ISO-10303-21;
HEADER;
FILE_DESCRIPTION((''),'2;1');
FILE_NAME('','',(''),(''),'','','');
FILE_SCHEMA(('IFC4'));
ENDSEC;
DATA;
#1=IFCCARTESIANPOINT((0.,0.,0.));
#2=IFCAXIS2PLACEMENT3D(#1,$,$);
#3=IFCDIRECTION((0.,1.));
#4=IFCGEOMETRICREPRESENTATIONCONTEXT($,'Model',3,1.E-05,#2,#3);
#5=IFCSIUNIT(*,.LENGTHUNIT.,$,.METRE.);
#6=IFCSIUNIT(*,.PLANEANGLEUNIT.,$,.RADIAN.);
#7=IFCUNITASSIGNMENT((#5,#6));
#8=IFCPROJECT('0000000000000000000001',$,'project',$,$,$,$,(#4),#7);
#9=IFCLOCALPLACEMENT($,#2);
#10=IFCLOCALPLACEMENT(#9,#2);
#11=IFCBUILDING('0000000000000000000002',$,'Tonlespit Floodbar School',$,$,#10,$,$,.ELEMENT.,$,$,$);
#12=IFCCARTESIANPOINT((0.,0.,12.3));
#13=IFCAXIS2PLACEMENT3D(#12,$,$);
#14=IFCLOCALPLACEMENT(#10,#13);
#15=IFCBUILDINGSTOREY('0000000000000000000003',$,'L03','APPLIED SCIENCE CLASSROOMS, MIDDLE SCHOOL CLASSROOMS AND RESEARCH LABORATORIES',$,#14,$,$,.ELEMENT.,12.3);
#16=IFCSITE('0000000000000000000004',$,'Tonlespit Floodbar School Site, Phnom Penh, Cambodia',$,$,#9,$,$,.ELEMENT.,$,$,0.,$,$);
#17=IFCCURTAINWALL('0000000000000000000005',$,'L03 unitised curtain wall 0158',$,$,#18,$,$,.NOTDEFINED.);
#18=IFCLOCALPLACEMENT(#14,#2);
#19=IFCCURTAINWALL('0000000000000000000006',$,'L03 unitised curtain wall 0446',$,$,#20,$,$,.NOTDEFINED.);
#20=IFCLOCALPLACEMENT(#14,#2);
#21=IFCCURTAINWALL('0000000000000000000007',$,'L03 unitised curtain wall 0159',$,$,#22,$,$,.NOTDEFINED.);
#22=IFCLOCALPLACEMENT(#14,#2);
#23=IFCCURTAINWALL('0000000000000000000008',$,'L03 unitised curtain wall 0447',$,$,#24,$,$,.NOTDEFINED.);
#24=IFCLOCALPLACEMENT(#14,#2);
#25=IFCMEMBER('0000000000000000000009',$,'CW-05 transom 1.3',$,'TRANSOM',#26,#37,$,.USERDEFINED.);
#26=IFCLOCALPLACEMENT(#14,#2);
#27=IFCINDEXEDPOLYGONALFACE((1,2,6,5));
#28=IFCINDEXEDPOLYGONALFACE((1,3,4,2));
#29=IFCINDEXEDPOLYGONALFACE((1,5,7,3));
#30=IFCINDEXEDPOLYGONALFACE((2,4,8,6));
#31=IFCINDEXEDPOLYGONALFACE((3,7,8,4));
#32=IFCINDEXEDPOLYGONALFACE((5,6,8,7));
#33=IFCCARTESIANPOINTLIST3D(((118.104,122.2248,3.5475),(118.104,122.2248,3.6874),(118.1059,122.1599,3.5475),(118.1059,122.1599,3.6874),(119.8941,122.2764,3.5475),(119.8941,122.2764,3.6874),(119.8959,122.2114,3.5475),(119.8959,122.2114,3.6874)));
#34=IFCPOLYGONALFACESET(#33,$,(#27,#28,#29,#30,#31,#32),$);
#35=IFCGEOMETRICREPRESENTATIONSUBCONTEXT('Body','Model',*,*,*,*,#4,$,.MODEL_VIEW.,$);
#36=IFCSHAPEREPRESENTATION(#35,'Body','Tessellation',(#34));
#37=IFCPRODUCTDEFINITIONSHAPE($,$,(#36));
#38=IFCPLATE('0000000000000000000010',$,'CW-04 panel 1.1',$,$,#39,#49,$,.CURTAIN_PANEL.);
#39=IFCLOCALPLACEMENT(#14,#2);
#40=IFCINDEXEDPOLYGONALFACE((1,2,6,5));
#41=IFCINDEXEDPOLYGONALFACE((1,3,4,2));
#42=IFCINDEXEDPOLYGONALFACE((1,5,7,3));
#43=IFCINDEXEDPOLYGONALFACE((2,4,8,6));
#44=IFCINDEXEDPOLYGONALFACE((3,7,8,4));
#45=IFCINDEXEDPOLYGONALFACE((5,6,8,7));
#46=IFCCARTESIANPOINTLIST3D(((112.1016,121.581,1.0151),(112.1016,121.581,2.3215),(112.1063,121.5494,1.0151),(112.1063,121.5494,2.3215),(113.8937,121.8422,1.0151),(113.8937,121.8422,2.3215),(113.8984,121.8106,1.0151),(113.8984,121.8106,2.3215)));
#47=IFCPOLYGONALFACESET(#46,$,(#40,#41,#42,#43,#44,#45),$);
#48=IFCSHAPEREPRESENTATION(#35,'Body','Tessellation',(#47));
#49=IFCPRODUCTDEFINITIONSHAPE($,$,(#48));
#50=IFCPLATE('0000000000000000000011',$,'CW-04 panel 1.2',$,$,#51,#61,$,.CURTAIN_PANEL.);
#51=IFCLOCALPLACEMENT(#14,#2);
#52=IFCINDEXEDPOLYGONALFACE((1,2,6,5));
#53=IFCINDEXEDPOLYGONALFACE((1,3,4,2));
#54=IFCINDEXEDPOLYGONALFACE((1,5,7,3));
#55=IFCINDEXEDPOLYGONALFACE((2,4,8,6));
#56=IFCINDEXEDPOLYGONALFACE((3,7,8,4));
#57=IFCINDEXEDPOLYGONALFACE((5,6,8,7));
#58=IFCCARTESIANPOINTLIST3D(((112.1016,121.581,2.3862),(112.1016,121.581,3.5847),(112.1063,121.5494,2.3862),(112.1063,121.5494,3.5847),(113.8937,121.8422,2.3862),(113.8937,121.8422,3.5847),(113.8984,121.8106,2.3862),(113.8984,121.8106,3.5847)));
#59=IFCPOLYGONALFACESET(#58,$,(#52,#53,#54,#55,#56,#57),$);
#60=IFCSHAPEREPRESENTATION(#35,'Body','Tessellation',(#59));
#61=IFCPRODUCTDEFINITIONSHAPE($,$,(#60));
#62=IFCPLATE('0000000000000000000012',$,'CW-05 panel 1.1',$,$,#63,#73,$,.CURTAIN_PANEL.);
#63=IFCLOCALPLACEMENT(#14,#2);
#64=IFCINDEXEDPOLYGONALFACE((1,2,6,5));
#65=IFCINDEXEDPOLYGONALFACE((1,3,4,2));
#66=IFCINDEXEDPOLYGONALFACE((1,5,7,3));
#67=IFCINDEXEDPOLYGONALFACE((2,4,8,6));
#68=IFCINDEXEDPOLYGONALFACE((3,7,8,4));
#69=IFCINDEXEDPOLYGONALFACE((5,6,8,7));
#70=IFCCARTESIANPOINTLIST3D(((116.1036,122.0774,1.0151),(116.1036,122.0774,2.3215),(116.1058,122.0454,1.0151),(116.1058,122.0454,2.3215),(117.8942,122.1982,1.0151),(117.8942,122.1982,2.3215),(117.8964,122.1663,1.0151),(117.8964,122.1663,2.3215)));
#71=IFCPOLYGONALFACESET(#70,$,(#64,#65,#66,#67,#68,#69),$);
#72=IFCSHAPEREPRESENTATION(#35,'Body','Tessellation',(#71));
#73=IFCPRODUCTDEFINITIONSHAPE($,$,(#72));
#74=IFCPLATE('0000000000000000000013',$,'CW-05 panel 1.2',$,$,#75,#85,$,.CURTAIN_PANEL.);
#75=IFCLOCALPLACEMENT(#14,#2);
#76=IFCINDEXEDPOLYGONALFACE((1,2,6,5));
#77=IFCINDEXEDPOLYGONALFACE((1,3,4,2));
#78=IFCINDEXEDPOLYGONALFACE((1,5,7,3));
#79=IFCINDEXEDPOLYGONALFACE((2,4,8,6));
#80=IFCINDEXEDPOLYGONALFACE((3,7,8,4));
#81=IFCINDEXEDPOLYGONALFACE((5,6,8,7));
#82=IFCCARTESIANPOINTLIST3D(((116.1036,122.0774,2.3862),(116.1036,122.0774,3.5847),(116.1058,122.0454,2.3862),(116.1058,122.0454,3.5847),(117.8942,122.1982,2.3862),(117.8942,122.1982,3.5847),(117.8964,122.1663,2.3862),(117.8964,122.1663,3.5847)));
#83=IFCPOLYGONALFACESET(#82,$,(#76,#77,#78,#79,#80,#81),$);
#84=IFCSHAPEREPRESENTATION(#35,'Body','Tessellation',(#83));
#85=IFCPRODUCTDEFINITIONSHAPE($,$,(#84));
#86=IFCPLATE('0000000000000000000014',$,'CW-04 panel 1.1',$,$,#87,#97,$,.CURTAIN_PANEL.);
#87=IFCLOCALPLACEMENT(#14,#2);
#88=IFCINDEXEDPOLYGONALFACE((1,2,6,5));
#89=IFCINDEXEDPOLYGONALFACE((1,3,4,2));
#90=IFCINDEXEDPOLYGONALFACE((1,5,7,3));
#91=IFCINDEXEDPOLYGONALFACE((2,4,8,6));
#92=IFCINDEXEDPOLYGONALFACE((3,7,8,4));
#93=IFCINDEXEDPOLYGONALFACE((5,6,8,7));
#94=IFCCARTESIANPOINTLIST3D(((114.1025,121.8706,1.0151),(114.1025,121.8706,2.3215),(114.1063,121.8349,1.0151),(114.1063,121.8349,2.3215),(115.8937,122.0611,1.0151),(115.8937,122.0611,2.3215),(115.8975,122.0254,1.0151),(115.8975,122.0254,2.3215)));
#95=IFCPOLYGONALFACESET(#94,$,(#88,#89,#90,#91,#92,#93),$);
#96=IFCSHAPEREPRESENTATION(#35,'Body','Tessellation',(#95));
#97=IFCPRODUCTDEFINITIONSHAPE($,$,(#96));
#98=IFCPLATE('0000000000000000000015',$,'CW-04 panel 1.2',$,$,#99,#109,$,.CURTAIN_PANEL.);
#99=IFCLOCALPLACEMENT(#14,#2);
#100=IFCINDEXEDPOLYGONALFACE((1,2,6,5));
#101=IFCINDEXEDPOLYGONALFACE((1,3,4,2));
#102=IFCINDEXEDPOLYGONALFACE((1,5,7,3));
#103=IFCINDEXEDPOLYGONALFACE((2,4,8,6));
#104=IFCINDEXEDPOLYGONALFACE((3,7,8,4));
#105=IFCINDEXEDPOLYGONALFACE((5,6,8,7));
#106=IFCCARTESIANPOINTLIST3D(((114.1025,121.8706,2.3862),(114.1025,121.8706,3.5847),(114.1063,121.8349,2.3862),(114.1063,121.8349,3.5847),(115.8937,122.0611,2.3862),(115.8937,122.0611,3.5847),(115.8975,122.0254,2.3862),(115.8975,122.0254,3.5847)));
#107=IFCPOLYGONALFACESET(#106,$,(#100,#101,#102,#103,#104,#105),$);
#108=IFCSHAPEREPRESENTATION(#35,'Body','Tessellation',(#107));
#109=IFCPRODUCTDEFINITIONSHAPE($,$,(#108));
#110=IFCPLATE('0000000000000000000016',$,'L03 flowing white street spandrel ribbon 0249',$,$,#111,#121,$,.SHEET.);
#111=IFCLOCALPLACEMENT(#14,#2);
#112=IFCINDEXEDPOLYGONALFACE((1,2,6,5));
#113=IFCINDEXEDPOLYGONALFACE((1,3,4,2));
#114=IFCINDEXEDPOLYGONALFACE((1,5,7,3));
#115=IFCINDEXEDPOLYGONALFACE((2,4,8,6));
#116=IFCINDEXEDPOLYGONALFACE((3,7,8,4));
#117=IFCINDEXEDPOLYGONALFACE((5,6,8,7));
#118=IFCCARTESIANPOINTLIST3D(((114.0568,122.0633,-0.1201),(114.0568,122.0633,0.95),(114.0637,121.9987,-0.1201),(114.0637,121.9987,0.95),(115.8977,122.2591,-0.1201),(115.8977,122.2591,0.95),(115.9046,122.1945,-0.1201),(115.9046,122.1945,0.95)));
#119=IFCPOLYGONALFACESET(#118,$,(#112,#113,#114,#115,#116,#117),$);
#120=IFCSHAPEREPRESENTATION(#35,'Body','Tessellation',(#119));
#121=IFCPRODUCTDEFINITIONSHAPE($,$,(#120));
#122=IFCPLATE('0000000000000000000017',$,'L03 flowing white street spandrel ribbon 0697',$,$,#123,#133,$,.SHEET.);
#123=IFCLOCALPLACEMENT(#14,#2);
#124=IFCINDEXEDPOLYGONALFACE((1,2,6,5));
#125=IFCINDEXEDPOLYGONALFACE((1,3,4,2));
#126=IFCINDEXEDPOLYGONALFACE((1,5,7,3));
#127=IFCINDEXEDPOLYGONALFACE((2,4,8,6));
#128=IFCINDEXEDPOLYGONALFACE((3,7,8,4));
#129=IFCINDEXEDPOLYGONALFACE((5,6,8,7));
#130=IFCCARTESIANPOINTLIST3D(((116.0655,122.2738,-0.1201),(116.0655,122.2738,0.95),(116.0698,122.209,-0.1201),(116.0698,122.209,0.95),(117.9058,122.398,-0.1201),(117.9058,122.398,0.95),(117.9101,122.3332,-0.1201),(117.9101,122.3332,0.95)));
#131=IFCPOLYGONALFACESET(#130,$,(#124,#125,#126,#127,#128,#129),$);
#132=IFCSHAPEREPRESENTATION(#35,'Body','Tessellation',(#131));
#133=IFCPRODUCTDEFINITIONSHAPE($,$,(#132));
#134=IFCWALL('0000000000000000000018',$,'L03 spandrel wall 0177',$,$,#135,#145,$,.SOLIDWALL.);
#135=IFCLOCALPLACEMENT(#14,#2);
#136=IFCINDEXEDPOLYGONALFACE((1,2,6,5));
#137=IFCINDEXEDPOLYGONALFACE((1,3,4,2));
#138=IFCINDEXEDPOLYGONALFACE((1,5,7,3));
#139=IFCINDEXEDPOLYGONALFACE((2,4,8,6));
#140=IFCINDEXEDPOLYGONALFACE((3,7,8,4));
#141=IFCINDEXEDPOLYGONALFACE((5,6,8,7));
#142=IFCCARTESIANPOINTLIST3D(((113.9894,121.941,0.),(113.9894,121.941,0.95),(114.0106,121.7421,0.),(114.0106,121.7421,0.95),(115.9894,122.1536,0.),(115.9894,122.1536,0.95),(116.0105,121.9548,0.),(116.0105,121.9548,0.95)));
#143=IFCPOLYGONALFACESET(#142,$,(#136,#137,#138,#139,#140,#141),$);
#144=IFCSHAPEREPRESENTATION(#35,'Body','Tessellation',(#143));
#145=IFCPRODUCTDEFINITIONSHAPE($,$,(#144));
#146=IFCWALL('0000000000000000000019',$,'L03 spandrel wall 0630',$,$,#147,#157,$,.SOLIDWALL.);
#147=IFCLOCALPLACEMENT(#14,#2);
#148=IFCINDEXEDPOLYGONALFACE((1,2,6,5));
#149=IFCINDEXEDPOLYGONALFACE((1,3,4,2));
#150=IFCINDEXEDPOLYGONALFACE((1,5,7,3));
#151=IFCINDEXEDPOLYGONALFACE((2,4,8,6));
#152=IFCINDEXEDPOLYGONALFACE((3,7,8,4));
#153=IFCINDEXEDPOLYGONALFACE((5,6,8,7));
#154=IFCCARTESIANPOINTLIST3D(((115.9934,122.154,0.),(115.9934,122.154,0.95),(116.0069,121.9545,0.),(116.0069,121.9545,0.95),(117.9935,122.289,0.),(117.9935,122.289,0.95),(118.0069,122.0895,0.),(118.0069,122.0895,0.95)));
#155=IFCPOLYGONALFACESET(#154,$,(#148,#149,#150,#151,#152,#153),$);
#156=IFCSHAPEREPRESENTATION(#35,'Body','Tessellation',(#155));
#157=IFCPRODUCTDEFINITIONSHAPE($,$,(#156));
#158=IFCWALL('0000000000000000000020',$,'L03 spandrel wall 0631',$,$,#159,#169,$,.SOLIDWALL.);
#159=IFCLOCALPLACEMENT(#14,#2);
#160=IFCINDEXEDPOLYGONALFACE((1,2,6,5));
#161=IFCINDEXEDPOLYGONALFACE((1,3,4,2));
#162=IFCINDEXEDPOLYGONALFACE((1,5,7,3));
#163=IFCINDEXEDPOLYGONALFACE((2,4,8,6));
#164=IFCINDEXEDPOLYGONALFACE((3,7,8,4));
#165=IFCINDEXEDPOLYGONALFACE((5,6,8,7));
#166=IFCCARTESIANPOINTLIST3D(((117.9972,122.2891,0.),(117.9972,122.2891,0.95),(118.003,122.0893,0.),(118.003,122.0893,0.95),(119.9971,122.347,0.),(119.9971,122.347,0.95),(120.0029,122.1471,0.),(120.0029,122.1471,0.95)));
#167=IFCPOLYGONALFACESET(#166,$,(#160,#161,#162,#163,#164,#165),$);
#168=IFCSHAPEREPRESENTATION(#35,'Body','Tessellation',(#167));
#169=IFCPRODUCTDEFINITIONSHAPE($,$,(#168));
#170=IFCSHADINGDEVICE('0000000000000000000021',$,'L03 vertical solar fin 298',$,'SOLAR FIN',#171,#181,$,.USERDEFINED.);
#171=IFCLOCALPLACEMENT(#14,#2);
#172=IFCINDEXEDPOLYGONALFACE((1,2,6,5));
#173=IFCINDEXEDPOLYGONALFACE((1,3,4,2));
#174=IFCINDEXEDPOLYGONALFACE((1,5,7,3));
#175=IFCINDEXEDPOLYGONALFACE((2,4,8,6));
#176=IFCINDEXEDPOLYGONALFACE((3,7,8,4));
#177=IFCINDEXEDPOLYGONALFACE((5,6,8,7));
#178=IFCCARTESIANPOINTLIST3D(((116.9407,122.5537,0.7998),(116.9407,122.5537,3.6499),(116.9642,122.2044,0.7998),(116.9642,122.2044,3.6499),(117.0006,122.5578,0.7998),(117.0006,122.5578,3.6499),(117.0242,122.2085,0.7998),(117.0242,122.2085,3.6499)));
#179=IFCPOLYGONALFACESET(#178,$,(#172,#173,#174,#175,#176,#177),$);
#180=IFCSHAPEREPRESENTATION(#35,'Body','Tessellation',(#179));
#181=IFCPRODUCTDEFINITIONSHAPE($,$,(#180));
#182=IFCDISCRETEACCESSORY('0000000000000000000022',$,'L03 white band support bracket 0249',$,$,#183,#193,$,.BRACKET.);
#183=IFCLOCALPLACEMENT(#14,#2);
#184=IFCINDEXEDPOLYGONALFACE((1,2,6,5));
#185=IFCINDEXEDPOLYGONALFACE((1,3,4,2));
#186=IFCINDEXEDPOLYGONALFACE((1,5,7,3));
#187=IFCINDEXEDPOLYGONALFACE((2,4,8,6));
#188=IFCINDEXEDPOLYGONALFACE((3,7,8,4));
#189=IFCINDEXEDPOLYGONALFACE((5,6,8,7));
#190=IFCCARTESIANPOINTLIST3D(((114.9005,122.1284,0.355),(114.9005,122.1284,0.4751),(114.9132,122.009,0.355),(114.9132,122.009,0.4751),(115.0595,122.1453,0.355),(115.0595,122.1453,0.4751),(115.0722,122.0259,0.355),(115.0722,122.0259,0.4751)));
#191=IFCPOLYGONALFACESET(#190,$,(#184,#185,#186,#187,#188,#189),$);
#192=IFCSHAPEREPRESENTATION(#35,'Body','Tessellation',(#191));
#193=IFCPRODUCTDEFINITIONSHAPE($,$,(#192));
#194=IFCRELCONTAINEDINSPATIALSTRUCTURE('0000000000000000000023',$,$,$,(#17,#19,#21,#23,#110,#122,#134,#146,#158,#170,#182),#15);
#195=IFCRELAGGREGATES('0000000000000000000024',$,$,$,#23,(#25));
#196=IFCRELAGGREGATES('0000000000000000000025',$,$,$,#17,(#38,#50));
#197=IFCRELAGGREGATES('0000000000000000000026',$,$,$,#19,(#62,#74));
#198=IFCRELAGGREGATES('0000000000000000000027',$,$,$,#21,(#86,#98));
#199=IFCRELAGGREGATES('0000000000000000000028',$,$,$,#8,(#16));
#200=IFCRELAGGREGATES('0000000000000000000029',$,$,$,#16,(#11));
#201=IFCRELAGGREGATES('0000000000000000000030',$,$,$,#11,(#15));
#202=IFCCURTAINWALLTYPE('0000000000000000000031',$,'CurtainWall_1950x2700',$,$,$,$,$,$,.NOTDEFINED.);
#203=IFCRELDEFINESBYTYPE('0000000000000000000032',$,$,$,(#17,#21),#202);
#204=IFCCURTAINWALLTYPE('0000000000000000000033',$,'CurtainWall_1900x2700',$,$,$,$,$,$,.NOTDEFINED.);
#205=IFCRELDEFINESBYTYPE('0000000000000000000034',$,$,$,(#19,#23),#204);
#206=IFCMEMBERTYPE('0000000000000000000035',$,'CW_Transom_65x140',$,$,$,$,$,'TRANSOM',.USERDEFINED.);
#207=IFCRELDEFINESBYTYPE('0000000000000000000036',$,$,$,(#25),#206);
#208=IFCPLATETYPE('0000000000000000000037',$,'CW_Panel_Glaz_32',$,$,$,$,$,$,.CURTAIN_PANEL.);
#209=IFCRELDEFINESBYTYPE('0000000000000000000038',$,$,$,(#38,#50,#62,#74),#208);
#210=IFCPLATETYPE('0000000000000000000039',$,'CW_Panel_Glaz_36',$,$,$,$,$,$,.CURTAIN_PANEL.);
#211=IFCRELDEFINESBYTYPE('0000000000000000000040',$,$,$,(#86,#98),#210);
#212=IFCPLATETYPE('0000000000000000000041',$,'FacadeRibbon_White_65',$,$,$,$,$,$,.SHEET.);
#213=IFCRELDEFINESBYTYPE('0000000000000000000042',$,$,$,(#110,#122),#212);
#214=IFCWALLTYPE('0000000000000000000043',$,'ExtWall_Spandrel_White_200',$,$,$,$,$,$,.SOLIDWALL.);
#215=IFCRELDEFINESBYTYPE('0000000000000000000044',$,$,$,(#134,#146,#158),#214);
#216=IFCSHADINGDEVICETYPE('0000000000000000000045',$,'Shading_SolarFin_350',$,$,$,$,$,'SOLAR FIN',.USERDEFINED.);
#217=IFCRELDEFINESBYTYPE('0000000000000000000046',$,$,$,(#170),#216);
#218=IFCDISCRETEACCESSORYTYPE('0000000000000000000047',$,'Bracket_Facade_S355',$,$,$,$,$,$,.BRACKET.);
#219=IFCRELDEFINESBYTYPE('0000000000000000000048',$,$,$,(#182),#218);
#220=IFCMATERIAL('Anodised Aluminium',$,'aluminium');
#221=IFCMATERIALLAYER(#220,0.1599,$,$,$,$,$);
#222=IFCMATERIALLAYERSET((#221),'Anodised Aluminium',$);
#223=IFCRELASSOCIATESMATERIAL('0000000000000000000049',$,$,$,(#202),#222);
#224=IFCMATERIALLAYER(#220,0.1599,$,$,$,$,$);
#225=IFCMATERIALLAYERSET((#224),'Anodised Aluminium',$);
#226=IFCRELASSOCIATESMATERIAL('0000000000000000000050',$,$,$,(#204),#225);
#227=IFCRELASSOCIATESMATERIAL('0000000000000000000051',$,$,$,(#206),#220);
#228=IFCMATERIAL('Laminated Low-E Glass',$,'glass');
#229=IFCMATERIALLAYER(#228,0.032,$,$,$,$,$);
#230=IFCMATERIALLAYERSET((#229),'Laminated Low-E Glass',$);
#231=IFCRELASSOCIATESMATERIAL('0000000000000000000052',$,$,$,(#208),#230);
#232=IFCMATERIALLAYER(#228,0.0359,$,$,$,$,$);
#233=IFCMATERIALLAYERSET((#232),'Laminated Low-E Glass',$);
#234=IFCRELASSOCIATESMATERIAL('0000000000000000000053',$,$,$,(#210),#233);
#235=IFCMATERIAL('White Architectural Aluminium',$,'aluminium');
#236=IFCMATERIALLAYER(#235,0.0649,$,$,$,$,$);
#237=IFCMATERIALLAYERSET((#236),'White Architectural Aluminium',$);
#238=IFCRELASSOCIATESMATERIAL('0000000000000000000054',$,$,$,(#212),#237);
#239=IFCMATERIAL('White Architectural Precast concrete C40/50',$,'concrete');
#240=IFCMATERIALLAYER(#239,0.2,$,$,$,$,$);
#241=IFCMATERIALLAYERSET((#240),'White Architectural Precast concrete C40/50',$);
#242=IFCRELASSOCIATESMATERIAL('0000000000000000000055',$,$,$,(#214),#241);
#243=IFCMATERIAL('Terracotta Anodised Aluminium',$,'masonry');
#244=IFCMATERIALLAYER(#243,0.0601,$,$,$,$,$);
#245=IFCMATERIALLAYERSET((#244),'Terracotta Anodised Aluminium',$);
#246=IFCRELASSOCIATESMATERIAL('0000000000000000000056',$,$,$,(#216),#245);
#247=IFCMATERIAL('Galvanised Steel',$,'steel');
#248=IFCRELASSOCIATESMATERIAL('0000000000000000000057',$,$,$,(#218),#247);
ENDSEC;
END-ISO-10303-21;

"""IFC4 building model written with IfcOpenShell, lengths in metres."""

from ifc_helpers import new_model, si_unit, direction, frame, frame_2d, origin, origin_2d, place, context, subcontext, project, spatial, rectangle, extrude, material, layer, layer_set, material_profile, profile_set, type_object, element, aggregate, save


model = new_model("IFC4")

# Units and contexts
model_context = context("Model", 3, precision=1e-05, world=origin(), true_north=direction((0.0, 1.0)))
body_context = subcontext(model_context, "Body", "Model", "MODEL_VIEW")
ifc_project = project(units=[si_unit("LENGTHUNIT", "METRE"), si_unit("PLANEANGLEUNIT", "RADIAN")], contexts=[model_context])

# Site, building, storey
site_placement = place(None, origin())
site = spatial("IfcSite", under=ifc_project, at=site_placement, Name="Tonlespit Floodbar School Site, Phnom Penh, Cambodia", CompositionType="ELEMENT", RefElevation=0.0)
building_placement = place(site_placement, origin())
building = spatial("IfcBuilding", under=site, at=building_placement, Name="Tonlespit Floodbar School", CompositionType="ELEMENT")
storey_placement = place(building_placement, frame((0.0, 0.0, 12.3)))
storey = spatial("IfcBuildingStorey", under=building, at=storey_placement, Name="L03", Description="APPLIED SCIENCE CLASSROOMS, MIDDLE SCHOOL CLASSROOMS AND RESEARCH LABORATORIES", CompositionType="ELEMENT", Elevation=12.3)

# Curtain wall
ifc_material_1 = material(Name="Anodised Aluminium", Category="aluminium")
ifc_layer_1 = layer(ifc_material_1, 0.1599)
ifc_layer_set_1 = layer_set([ifc_layer_1], Name="Anodised Aluminium")
curtain_wall_type_1 = type_object("IfcCurtainWallType", Name="CurtainWall_1950x2700", PredefinedType="NOTDEFINED", material=ifc_layer_set_1)
curtain_wall_1_placement = place(storey_placement, origin())
curtain_wall_1 = element("IfcCurtainWall", 1, at=curtain_wall_1_placement, inside=storey, type_object=curtain_wall_type_1, Name="L03 unitised curtain wall 0158", PredefinedType="NOTDEFINED")

# Curtain walls
ifc_layer_2 = layer(ifc_material_1, 0.1599)
ifc_layer_set_2 = layer_set([ifc_layer_2], Name="Anodised Aluminium")
curtain_wall_type_2 = type_object("IfcCurtainWallType", Name="CurtainWall_1900x2700", PredefinedType="NOTDEFINED", material=ifc_layer_set_2)
curtain_wall_2_placement = place(storey_placement, origin())
curtain_wall_2 = element("IfcCurtainWall", 2, at=curtain_wall_2_placement, inside=storey, type_object=curtain_wall_type_2, Name="L03 unitised curtain wall 0446", PredefinedType="NOTDEFINED")
curtain_wall_3_placement = place(storey_placement, origin())
curtain_wall_3 = element("IfcCurtainWall", 3, at=curtain_wall_3_placement, inside=storey, type_object=curtain_wall_type_1, Name="L03 unitised curtain wall 0159", PredefinedType="NOTDEFINED")

# Curtain wall
curtain_wall_4_placement = place(storey_placement, origin())
curtain_wall_4 = element("IfcCurtainWall", 4, at=curtain_wall_4_placement, inside=storey, type_object=curtain_wall_type_2, Name="L03 unitised curtain wall 0447", PredefinedType="NOTDEFINED")

# Member
ifc_material_profile_1 = material_profile(ifc_material_1, rectangle(XDim=0.0649, YDim=0.1399, at=origin_2d()), Name="ALU T65x140")
ifc_profile_set_1 = profile_set([ifc_material_profile_1], Name="Anodised Aluminium")
member_type_1 = type_object("IfcMemberType", Name="CW_Transom_65x140", ElementType="TRANSOM", PredefinedType="USERDEFINED", material=ifc_profile_set_1)
member_1_placement = place(storey_placement, frame((118.105, 122.1924, 3.6174), z_axis=(0.999586, 0.028766, 0.0), x_axis=(-0.028766, 0.999586, 0.0)))
member_1 = element("IfcMember", 5, at=member_1_placement, type_object=member_type_1, Name="CW-05 transom 1.3", ObjectType="TRANSOM", PredefinedType="USERDEFINED", context=body_context, shape_type="SweptSolid", body=[
    extrude(rectangle(XDim=0.0649, YDim=0.1399, at=origin_2d()), origin(), (0.0, 0.0, 1.0), 1.7908),
])
aggregate(curtain_wall_4, [member_1])

# Plates
ifc_material_2 = material(Name="Laminated Low-E Glass", Category="glass")
ifc_layer_3 = layer(ifc_material_2, 0.032)
ifc_layer_set_3 = layer_set([ifc_layer_3], Name="Laminated Low-E Glass")
plate_type_1 = type_object("IfcPlateType", Name="CW_Panel_Glaz_32", PredefinedType="CURTAIN_PANEL", material=ifc_layer_set_3)
plate_1_placement = place(storey_placement, frame((113.0, 121.6958, 1.0151), z_axis=(0.0, 0.0, 1.0), x_axis=(0.989542, 0.144248, 0.0)))
plate_1 = element("IfcPlate", 6, at=plate_1_placement, type_object=plate_type_1, Name="CW-04 panel 1.1", PredefinedType="CURTAIN_PANEL", context=body_context, shape_type="SweptSolid", body=[
    extrude(rectangle(XDim=1.811, YDim=0.032, at=origin_2d()), origin(), (0.0, 0.0, 1.0), 1.3064),
])
plate_2_placement = place(storey_placement, frame((113.0, 121.6958, 2.3862), z_axis=(0.0, 0.0, 1.0), x_axis=(0.989542, 0.144248, 0.0)))
plate_2 = element("IfcPlate", 7, at=plate_2_placement, type_object=plate_type_1, Name="CW-04 panel 1.2", PredefinedType="CURTAIN_PANEL", context=body_context, shape_type="SweptSolid", body=[
    extrude(rectangle(XDim=1.811, YDim=0.032, at=origin_2d()), origin(), (0.0, 0.0, 1.0), 1.1985),
])
aggregate(curtain_wall_1, [plate_1, plate_2])
plate_3_placement = place(storey_placement, frame((117.0, 122.1218, 1.0151), z_axis=(0.0, 0.0, 1.0), x_axis=(0.99773, 0.06734, 0.0)))
plate_3 = element("IfcPlate", 8, at=plate_3_placement, type_object=plate_type_1, Name="CW-05 panel 1.1", PredefinedType="CURTAIN_PANEL", context=body_context, shape_type="SweptSolid", body=[
    extrude(rectangle(XDim=1.7947, YDim=0.032, at=origin_2d()), origin(), (0.0, 0.0, 1.0), 1.3064),
])
plate_4_placement = place(storey_placement, frame((117.0, 122.1218, 2.3862), z_axis=(0.0, 0.0, 1.0), x_axis=(0.99773, 0.06734, 0.0)))
plate_4 = element("IfcPlate", 9, at=plate_4_placement, type_object=plate_type_1, Name="CW-05 panel 1.2", PredefinedType="CURTAIN_PANEL", context=body_context, shape_type="SweptSolid", body=[
    extrude(rectangle(XDim=1.7947, YDim=0.032, at=origin_2d()), origin(), (0.0, 0.0, 1.0), 1.1985),
])
aggregate(curtain_wall_2, [plate_3, plate_4])
ifc_layer_4 = layer(ifc_material_2, 0.0359)
ifc_layer_set_4 = layer_set([ifc_layer_4], Name="Laminated Low-E Glass")
plate_type_2 = type_object("IfcPlateType", Name="CW_Panel_Glaz_36", PredefinedType="CURTAIN_PANEL", material=ifc_layer_set_4)
plate_5_placement = place(storey_placement, frame((115.0, 121.948, 1.0151), z_axis=(0.0, 0.0, 1.0), x_axis=(0.994389, 0.105787, 0.0)))
plate_5 = element("IfcPlate", 10, at=plate_5_placement, type_object=plate_type_2, Name="CW-04 panel 1.1", PredefinedType="CURTAIN_PANEL", context=body_context, shape_type="SweptSolid", body=[
    extrude(rectangle(XDim=1.8013, YDim=0.0359, at=origin_2d()), origin(), (0.0, 0.0, 1.0), 1.3064),
])
plate_6_placement = place(storey_placement, frame((115.0, 121.948, 2.3862), z_axis=(0.0, 0.0, 1.0), x_axis=(0.994389, 0.105787, 0.0)))
plate_6 = element("IfcPlate", 11, at=plate_6_placement, type_object=plate_type_2, Name="CW-04 panel 1.2", PredefinedType="CURTAIN_PANEL", context=body_context, shape_type="SweptSolid", body=[
    extrude(rectangle(XDim=1.8013, YDim=0.0359, at=origin_2d()), origin(), (0.0, 0.0, 1.0), 1.1985),
])
aggregate(curtain_wall_3, [plate_5, plate_6])

# Plates
ifc_material_3 = material(Name="White Architectural Aluminium", Category="aluminium")
ifc_layer_5 = layer(ifc_material_3, 0.0649)
ifc_layer_set_5 = layer_set([ifc_layer_5], Name="White Architectural Aluminium")
plate_type_3 = type_object("IfcPlateType", Name="FacadeRibbon_White_65", PredefinedType="SHEET", material=ifc_layer_set_5)
plate_7_placement = place(storey_placement, frame((114.9807, 122.1289, -0.1201), z_axis=(0.0, 0.0, 1.0), x_axis=(0.994392, 0.105754, 0.0)))
element("IfcPlate", 12, at=plate_7_placement, inside=storey, type_object=plate_type_3, Name="L03 flowing white street spandrel ribbon 0249", PredefinedType="SHEET", context=body_context, shape_type="SweptSolid", body=[
    extrude(rectangle(XDim=1.8513, YDim=0.0649, at=origin_2d()), origin(), (0.0, 0.0, 1.0), 1.0701),
])
plate_8_placement = place(storey_placement, frame((116.9878, 122.3035, -0.1201), z_axis=(0.0, 0.0, 1.0), x_axis=(0.99773, 0.067347, 0.0)))
element("IfcPlate", 13, at=plate_8_placement, inside=storey, type_object=plate_type_3, Name="L03 flowing white street spandrel ribbon 0697", PredefinedType="SHEET", context=body_context, shape_type="SweptSolid", body=[
    extrude(rectangle(XDim=1.8445, YDim=0.0649, at=origin_2d()), origin(), (0.0, 0.0, 1.0), 1.0701),
])

# Walls
ifc_material_4 = material(Name="White Architectural Precast concrete C40/50", Category="concrete")
ifc_layer_6 = layer(ifc_material_4, 0.2)
ifc_layer_set_6 = layer_set([ifc_layer_6], Name="White Architectural Precast concrete C40/50")
wall_type = type_object("IfcWallType", Name="ExtWall_Spandrel_White_200", PredefinedType="SOLIDWALL", material=ifc_layer_set_6)
wall_1_placement = place(storey_placement, frame((114.0, 121.8416, 0.0), z_axis=(0.0, 0.0, 1.0), x_axis=(0.994395, 0.105727, 0.0)))
element("IfcWall", 14, at=wall_1_placement, inside=storey, type_object=wall_type, Name="L03 spandrel wall 0177", PredefinedType="SOLIDWALL", context=body_context, shape_type="SweptSolid", body=[
    extrude(rectangle(XDim=2.0112, YDim=0.2, at=frame_2d((1.0056, 0.0))), origin(), (0.0, 0.0, 1.0), 0.95),
])
wall_2_placement = place(storey_placement, frame((116.0, 122.0542, 0.0), z_axis=(0.0, 0.0, 1.0), x_axis=(0.997729, 0.067352, 0.0)))
element("IfcWall", 15, at=wall_2_placement, inside=storey, type_object=wall_type, Name="L03 spandrel wall 0630", PredefinedType="SOLIDWALL", context=body_context, shape_type="SweptSolid", body=[
    extrude(rectangle(XDim=2.0046, YDim=0.2, at=frame_2d((1.0024, 0.0))), origin(), (0.0, 0.0, 1.0), 0.95),
])
wall_3_placement = place(storey_placement, frame((118.0, 122.1892, 0.0), z_axis=(0.0, 0.0, 1.0), x_axis=(0.999582, 0.028919, 0.0)))
element("IfcWall", 16, at=wall_3_placement, inside=storey, type_object=wall_type, Name="L03 spandrel wall 0631", PredefinedType="SOLIDWALL", context=body_context, shape_type="SweptSolid", body=[
    extrude(rectangle(XDim=2.0007, YDim=0.2, at=frame_2d((1.0005, 0.0))), origin(), (0.0, 0.0, 1.0), 0.95),
])

# Shading device
ifc_material_5 = material(Name="Terracotta Anodised Aluminium", Category="masonry")
ifc_layer_7 = layer(ifc_material_5, 0.0601)
ifc_layer_set_7 = layer_set([ifc_layer_7], Name="Terracotta Anodised Aluminium")
shading_device_type = type_object("IfcShadingDeviceType", Name="Shading_SolarFin_350", ElementType="SOLAR FIN", PredefinedType="USERDEFINED", material=ifc_layer_set_7)
shading_device_placement = place(storey_placement, frame((116.9824, 122.3811, 0.7998), z_axis=(0.0, 0.0, 1.0), x_axis=(0.99773, 0.067347, 0.0)))
element("IfcShadingDevice", 17, at=shading_device_placement, inside=storey, type_object=shading_device_type, Name="L03 vertical solar fin 298", ObjectType="SOLAR FIN", PredefinedType="USERDEFINED", context=body_context, shape_type="SweptSolid", body=[
    extrude(rectangle(XDim=0.0601, YDim=0.3501, at=origin_2d()), origin(), (0.0, 0.0, 1.0), 2.8501),
])

# Discrete accessory
ifc_material_6 = material(Name="Galvanised Steel", Category="steel")
discrete_accessory_type = type_object("IfcDiscreteAccessoryType", Name="Bracket_Facade_S355", PredefinedType="BRACKET", material=ifc_material_6)
for number, where, z_axis, x_axis, name in (
    (18, (114.9863, 122.0771, 0.355), (0.0, 0.0, 1.0), (0.994392, 0.105754, 0.0), "L03 white band support bracket 0249"),
):
    element("IfcDiscreteAccessory", number, at=place(storey_placement, frame(where, z_axis=z_axis, x_axis=x_axis)), inside=storey, type_object=discrete_accessory_type, Name=name, PredefinedType="BRACKET", context=body_context, shape_type="SweptSolid", body=[
        extrude(rectangle(XDim=0.1599, YDim=0.1201, at=origin_2d()), origin(), (0.0, 0.0, 1.0), 0.1201),
    ])

save(model, "model.ifc")
